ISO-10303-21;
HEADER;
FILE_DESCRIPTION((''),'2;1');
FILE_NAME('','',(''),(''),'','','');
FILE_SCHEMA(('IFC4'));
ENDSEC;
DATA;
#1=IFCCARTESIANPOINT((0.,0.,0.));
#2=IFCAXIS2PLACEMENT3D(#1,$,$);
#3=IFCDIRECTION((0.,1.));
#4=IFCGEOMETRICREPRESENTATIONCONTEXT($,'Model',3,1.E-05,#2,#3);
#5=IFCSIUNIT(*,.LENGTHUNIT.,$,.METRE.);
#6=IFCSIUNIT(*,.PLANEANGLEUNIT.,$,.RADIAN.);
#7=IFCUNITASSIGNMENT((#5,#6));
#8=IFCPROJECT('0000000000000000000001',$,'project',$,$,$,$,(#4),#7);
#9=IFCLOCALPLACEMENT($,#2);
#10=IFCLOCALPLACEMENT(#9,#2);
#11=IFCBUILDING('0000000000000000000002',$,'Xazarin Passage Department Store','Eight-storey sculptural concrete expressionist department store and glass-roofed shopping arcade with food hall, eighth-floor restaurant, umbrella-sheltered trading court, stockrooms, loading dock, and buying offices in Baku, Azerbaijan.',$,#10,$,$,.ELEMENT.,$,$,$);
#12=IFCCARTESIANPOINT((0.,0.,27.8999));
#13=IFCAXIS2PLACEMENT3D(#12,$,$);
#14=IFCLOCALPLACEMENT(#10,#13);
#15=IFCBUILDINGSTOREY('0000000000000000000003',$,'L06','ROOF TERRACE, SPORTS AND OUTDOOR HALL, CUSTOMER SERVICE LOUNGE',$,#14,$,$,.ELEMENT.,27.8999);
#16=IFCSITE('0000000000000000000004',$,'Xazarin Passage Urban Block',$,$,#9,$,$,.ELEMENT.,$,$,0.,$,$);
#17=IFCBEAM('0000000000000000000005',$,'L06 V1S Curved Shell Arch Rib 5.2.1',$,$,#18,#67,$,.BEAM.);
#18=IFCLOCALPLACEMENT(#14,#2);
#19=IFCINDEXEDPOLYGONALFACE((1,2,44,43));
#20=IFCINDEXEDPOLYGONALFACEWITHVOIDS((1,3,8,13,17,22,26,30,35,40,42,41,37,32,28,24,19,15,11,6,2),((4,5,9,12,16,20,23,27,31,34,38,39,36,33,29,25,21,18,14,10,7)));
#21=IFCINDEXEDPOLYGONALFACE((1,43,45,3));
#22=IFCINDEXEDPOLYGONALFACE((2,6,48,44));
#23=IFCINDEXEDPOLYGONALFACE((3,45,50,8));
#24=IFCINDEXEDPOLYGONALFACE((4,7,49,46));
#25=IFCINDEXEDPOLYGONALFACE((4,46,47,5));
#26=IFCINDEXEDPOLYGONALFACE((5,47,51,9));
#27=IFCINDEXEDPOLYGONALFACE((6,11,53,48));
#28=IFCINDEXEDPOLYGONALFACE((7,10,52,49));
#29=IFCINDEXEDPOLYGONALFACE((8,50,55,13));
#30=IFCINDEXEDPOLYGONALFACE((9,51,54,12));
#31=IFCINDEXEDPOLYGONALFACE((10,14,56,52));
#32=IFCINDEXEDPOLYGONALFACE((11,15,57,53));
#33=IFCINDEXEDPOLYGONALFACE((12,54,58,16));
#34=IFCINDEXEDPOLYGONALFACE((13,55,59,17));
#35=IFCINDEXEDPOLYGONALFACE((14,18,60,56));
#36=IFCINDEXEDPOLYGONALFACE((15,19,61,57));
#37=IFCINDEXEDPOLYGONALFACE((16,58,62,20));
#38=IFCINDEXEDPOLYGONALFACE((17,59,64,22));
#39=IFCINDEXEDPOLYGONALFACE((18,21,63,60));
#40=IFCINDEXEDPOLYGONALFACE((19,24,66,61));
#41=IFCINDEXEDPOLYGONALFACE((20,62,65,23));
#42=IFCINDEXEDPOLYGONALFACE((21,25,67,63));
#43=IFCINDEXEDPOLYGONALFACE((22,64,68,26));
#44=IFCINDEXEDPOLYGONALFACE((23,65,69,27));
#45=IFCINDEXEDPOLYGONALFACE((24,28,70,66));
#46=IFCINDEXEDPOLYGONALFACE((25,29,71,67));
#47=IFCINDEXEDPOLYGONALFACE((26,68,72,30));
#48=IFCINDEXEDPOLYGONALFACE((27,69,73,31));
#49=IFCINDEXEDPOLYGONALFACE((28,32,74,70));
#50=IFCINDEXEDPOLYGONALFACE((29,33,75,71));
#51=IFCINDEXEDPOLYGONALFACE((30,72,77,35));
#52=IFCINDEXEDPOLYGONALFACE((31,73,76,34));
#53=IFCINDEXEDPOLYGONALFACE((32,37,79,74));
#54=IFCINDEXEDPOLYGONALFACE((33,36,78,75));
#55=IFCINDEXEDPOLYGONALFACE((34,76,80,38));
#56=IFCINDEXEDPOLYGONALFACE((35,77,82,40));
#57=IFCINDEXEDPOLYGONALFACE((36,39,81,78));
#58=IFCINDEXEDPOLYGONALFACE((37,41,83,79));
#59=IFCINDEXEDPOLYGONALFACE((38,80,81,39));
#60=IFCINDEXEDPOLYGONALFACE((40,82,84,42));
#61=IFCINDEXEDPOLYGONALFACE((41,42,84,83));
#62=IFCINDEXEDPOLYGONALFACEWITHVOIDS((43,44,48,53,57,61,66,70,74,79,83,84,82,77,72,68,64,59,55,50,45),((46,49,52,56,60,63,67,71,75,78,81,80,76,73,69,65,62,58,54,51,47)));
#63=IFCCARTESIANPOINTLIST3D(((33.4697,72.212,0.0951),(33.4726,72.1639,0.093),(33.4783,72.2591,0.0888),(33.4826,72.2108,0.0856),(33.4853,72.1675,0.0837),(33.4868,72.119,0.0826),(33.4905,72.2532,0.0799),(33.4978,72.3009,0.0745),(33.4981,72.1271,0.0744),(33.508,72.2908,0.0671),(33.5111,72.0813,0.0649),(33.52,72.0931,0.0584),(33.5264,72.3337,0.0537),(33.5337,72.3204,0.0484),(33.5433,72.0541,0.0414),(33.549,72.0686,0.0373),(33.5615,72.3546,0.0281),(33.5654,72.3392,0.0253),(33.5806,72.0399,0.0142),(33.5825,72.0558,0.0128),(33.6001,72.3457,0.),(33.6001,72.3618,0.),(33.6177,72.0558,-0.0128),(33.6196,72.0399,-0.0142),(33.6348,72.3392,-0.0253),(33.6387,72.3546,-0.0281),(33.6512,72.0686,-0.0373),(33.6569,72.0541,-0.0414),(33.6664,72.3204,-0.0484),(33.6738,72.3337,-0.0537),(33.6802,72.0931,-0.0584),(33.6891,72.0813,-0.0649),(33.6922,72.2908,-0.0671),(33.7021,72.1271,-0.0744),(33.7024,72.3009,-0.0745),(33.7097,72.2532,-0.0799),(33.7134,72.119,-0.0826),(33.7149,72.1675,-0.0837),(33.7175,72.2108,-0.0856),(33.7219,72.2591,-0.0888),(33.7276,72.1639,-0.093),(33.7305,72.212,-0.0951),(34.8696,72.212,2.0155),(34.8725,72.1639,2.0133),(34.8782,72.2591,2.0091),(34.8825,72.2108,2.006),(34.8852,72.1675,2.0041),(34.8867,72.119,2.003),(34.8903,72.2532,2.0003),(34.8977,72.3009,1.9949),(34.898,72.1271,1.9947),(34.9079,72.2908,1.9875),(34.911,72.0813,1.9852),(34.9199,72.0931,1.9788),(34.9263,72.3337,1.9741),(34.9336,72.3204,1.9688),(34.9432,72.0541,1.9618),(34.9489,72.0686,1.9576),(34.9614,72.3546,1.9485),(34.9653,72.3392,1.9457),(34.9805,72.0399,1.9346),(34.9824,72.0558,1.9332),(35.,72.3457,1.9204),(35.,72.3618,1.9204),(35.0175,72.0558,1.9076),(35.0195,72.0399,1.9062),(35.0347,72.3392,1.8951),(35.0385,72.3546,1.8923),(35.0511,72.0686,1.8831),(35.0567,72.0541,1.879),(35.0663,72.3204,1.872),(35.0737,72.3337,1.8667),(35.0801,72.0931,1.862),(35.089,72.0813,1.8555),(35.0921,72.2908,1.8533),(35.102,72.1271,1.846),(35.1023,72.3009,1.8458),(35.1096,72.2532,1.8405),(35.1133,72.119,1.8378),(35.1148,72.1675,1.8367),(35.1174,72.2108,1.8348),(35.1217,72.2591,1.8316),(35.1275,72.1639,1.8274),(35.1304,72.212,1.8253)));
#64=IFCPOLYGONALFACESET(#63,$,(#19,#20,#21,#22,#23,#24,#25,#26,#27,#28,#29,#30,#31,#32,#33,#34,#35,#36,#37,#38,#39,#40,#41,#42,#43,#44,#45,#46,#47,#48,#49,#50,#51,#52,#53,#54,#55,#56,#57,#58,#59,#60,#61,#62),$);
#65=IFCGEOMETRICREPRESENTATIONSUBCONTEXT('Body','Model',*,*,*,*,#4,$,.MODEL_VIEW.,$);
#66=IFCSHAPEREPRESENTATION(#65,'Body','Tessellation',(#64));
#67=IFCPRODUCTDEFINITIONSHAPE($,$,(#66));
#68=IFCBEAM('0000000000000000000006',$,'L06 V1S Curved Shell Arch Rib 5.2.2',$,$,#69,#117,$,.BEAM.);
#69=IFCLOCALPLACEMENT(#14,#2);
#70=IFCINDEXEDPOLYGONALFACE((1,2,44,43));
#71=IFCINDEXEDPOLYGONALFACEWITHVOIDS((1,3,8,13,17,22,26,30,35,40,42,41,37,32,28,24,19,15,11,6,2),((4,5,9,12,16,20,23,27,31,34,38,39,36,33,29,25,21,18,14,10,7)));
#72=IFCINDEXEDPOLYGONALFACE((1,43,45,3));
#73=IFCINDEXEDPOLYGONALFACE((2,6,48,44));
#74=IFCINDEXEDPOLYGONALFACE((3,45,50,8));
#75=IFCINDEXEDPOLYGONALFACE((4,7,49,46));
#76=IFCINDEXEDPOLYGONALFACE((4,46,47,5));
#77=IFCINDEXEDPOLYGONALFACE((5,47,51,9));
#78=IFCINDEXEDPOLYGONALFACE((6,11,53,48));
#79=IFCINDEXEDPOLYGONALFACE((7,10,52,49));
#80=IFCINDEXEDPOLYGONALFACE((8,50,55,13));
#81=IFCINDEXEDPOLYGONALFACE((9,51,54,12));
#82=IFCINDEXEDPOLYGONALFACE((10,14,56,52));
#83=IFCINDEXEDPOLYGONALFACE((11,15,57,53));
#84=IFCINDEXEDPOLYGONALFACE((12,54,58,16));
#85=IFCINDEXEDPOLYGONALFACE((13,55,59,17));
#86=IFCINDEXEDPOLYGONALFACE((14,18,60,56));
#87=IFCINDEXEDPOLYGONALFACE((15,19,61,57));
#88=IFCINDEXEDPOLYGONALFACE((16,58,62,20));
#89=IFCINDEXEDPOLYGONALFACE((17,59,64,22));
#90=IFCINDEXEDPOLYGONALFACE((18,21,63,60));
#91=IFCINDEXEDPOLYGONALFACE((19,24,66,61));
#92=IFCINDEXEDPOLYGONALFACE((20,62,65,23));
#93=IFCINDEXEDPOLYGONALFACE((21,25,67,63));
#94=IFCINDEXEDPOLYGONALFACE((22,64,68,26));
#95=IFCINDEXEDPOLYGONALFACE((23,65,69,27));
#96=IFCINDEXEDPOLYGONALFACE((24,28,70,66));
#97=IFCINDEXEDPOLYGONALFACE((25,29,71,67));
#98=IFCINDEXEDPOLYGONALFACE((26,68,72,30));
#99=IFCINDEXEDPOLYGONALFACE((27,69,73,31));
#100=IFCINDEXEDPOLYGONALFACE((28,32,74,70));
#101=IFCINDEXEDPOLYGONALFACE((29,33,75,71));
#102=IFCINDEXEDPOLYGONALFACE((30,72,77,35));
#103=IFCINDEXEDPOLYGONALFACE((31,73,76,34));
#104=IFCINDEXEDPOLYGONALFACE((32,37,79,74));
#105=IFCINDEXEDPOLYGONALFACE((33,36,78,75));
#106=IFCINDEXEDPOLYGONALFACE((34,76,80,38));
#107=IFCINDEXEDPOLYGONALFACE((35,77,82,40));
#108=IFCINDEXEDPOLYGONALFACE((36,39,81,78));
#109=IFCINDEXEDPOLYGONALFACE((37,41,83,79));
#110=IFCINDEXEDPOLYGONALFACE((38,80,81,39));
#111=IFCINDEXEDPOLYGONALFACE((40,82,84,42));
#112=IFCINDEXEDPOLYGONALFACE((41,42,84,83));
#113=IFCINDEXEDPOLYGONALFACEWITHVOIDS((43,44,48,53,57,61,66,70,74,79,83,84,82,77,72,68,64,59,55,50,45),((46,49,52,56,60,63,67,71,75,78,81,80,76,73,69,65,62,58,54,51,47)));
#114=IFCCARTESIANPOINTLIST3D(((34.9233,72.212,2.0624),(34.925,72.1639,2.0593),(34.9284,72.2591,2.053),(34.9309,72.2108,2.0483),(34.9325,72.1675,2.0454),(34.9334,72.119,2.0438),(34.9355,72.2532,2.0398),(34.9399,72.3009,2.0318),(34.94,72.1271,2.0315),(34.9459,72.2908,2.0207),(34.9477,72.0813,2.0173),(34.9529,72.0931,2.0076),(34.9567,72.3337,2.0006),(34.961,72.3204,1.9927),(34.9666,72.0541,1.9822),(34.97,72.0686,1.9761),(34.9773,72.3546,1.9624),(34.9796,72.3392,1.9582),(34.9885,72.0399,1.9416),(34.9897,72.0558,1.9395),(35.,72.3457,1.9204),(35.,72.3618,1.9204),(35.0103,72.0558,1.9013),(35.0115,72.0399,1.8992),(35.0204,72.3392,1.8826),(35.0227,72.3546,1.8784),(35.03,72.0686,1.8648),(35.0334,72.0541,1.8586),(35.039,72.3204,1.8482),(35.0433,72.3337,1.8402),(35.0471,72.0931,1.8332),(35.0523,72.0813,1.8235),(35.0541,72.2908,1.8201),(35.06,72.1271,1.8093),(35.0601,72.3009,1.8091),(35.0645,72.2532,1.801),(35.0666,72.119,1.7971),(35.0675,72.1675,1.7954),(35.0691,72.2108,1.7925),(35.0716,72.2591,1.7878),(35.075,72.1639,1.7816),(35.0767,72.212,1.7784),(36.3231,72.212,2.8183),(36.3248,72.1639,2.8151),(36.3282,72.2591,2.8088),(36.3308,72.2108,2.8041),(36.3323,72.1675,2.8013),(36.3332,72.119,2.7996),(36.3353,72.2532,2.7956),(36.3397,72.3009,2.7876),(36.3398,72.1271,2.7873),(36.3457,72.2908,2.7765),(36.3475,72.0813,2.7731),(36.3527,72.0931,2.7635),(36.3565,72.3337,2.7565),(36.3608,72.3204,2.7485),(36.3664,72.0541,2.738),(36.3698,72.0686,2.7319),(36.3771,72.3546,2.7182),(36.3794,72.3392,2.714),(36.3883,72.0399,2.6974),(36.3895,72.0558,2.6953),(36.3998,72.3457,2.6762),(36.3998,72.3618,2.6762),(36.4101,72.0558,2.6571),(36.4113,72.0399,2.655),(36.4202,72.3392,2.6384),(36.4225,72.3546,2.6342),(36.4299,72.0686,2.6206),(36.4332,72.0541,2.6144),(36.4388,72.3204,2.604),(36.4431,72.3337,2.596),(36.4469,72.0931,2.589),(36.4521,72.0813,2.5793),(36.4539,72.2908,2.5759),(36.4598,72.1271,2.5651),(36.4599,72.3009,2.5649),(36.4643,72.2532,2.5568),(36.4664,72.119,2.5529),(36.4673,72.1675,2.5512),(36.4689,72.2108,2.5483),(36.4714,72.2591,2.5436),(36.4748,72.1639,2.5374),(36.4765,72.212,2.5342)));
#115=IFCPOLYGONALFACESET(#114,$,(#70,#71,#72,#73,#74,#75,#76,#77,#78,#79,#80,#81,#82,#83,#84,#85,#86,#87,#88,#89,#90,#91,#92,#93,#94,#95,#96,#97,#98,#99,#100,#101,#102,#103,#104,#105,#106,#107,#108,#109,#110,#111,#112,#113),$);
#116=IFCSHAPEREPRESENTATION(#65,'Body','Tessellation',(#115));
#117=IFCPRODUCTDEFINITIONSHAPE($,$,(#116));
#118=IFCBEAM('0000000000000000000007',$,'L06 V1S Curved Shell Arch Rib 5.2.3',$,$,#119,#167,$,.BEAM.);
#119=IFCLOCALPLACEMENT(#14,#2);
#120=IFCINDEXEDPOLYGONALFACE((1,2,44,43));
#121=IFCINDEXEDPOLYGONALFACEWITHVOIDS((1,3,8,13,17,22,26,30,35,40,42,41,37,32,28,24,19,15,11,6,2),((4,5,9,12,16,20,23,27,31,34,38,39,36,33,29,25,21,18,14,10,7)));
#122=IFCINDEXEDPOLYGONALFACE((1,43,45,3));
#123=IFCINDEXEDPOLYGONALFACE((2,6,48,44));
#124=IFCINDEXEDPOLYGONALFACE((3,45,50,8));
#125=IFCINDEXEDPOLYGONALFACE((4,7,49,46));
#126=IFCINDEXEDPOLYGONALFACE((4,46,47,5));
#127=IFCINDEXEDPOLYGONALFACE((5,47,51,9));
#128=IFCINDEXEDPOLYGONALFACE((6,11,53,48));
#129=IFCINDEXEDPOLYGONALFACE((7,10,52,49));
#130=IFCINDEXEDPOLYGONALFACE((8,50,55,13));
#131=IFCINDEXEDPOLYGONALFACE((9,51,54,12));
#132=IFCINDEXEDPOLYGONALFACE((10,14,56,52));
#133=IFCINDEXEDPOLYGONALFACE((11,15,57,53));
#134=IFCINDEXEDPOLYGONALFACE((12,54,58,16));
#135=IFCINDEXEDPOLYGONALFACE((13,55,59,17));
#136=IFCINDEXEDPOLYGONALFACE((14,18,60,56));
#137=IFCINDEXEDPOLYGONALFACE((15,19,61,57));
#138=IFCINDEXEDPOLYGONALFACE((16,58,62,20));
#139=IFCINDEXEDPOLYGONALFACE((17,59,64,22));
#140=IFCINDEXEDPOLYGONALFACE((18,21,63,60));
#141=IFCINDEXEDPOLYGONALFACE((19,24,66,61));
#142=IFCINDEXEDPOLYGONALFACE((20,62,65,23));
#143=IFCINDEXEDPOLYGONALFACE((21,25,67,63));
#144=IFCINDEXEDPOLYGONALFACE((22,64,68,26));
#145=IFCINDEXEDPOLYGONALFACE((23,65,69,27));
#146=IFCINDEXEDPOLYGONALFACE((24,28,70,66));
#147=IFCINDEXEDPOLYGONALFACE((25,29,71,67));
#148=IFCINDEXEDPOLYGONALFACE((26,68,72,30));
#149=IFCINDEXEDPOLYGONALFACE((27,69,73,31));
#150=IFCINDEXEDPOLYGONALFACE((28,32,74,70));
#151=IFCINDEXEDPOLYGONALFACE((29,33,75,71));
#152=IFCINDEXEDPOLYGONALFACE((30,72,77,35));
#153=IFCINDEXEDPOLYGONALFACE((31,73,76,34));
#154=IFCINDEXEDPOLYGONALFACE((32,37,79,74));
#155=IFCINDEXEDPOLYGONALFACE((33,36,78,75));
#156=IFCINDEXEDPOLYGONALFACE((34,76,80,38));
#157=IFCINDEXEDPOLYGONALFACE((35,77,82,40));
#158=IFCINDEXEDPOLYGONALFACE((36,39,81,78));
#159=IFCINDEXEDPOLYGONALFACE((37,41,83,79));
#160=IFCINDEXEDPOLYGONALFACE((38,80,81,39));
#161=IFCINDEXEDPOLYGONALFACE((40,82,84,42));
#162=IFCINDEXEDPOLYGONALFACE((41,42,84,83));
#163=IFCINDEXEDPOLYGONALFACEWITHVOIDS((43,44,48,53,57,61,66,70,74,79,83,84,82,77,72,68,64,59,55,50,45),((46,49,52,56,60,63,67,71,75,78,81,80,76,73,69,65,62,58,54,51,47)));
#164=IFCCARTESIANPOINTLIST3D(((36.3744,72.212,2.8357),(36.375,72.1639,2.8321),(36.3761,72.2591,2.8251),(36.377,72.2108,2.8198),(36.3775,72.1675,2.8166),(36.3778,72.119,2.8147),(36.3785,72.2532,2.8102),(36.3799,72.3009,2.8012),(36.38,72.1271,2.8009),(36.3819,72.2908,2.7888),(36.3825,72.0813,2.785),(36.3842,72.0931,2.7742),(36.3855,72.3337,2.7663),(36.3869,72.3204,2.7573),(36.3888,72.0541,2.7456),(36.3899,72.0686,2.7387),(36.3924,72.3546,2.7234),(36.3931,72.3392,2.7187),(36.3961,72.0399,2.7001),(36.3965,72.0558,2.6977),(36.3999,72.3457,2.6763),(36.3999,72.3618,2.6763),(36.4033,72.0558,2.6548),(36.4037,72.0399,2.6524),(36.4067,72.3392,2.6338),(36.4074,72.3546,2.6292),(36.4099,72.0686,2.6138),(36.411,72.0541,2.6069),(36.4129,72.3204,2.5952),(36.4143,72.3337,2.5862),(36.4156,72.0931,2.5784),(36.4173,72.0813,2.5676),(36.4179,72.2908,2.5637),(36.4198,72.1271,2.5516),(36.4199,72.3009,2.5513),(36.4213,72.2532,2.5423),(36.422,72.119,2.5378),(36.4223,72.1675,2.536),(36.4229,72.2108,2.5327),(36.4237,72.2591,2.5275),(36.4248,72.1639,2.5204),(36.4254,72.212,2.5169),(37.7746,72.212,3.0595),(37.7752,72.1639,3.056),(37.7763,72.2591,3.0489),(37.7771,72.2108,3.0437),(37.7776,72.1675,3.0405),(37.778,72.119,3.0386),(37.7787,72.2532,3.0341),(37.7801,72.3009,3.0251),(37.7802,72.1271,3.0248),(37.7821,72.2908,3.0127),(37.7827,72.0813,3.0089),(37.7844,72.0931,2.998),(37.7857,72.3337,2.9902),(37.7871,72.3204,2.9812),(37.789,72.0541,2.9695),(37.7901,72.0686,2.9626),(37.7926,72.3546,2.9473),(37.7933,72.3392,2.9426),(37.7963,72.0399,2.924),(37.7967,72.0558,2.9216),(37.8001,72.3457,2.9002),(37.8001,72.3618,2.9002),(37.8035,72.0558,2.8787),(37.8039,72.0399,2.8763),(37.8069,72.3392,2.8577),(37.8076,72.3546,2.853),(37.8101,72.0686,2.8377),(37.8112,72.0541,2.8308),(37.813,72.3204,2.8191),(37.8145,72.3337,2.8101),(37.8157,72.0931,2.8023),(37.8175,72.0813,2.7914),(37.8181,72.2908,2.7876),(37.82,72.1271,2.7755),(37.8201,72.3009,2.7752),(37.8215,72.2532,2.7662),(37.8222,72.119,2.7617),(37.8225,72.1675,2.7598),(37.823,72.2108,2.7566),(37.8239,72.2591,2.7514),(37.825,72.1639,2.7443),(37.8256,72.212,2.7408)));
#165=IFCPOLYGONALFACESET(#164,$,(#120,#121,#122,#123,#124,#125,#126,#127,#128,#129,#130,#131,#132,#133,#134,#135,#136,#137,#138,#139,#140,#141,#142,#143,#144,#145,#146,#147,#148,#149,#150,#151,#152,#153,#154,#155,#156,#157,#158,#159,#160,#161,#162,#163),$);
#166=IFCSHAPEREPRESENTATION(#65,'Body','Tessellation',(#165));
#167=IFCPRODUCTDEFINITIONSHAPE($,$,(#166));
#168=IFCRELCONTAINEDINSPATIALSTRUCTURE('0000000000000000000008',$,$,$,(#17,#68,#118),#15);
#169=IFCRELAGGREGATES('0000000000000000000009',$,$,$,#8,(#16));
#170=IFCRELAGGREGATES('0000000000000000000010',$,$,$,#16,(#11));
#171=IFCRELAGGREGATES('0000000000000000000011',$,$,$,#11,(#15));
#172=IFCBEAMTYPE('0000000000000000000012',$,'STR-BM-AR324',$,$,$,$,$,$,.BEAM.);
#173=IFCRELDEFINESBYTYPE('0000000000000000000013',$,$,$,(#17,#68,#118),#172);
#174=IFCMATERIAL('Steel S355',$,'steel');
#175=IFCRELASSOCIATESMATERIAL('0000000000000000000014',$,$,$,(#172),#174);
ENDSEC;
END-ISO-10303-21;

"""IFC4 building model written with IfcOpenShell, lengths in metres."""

from ifc_helpers import new_model, si_unit, direction, frame, origin, origin_2d, place, context, subcontext, project, spatial, hollow_circle, extrude, material, material_profile, profile_set, type_object, element, save


model = new_model("IFC4")

# Units and contexts
model_context = context("Model", 3, precision=1e-05, world=origin(), true_north=direction((0.0, 1.0)))
body_context = subcontext(model_context, "Body", "Model", "MODEL_VIEW")
ifc_project = project(units=[si_unit("LENGTHUNIT", "METRE"), si_unit("PLANEANGLEUNIT", "RADIAN")], contexts=[model_context])

# Site, building, storey
site_placement = place(None, origin())
site = spatial("IfcSite", under=ifc_project, at=site_placement, Name="Xazarin Passage Urban Block", CompositionType="ELEMENT", RefElevation=0.0)
building_placement = place(site_placement, origin())
building = spatial("IfcBuilding", under=site, at=building_placement, Name="Xazarin Passage Department Store", Description="Eight-storey sculptural concrete expressionist department store and glass-roofed shopping arcade with food hall, eighth-floor restaurant, umbrella-sheltered trading court, stockrooms, loading dock, and buying offices in Baku, Azerbaijan.", CompositionType="ELEMENT")
storey_placement = place(building_placement, frame((0.0, 0.0, 27.8999)))
storey = spatial("IfcBuildingStorey", under=building, at=storey_placement, Name="L06", Description="ROOF TERRACE, SPORTS AND OUTDOOR HALL, CUSTOMER SERVICE LOUNGE", CompositionType="ELEMENT", Elevation=27.8999)

# Beams
ifc_material_1 = material(Name="Steel S355", Category="steel")
ifc_material_profile_1 = material_profile(ifc_material_1, hollow_circle(Radius=0.1619, WallThickness=0.0161, at=origin_2d()), Name="CHS 323.9x16")
ifc_profile_set_1 = profile_set([ifc_material_profile_1], Name="Steel S355")
beam_type_1 = type_object("IfcBeamType", Name="STR-BM-AR324", PredefinedType="BEAM", material=ifc_profile_set_1)
beam_1_placement = place(storey_placement, frame((33.6001, 72.2, 0.0), z_axis=(0.589063, 0.0, 0.808087), x_axis=(0.0, 1.0, 0.0)))
element("IfcBeam", 1, at=beam_1_placement, inside=storey, type_object=beam_type_1, Name="L06 V1S Curved Shell Arch Rib 5.2.1", PredefinedType="BEAM", context=body_context, shape_type="SweptSolid", body=[
    extrude(hollow_circle(Radius=0.1619, WallThickness=0.0161, at=origin_2d()), origin(), (0.0, 0.0, 1.0), 2.3765),
])
beam_2_placement = place(storey_placement, frame((35.0, 72.2, 1.9204), z_axis=(0.879928, 0.0, 0.475106), x_axis=(0.0, 1.0, 0.0)))
element("IfcBeam", 2, at=beam_2_placement, inside=storey, type_object=beam_type_1, Name="L06 V1S Curved Shell Arch Rib 5.2.2", PredefinedType="BEAM", context=body_context, shape_type="SweptSolid", body=[
    extrude(hollow_circle(Radius=0.1619, WallThickness=0.0161, at=origin_2d()), origin(), (0.0, 0.0, 1.0), 1.5908),
])
beam_3_placement = place(storey_placement, frame((36.3999, 72.2, 2.6763), z_axis=(0.987457, 0.0, 0.15789), x_axis=(0.0, 1.0, 0.0)))
element("IfcBeam", 3, at=beam_3_placement, inside=storey, type_object=beam_type_1, Name="L06 V1S Curved Shell Arch Rib 5.2.3", PredefinedType="BEAM", context=body_context, shape_type="SweptSolid", body=[
    extrude(hollow_circle(Radius=0.1619, WallThickness=0.0161, at=origin_2d()), origin(), (0.0, 0.0, 1.0), 1.418),
])

save(model, "model.ifc")
